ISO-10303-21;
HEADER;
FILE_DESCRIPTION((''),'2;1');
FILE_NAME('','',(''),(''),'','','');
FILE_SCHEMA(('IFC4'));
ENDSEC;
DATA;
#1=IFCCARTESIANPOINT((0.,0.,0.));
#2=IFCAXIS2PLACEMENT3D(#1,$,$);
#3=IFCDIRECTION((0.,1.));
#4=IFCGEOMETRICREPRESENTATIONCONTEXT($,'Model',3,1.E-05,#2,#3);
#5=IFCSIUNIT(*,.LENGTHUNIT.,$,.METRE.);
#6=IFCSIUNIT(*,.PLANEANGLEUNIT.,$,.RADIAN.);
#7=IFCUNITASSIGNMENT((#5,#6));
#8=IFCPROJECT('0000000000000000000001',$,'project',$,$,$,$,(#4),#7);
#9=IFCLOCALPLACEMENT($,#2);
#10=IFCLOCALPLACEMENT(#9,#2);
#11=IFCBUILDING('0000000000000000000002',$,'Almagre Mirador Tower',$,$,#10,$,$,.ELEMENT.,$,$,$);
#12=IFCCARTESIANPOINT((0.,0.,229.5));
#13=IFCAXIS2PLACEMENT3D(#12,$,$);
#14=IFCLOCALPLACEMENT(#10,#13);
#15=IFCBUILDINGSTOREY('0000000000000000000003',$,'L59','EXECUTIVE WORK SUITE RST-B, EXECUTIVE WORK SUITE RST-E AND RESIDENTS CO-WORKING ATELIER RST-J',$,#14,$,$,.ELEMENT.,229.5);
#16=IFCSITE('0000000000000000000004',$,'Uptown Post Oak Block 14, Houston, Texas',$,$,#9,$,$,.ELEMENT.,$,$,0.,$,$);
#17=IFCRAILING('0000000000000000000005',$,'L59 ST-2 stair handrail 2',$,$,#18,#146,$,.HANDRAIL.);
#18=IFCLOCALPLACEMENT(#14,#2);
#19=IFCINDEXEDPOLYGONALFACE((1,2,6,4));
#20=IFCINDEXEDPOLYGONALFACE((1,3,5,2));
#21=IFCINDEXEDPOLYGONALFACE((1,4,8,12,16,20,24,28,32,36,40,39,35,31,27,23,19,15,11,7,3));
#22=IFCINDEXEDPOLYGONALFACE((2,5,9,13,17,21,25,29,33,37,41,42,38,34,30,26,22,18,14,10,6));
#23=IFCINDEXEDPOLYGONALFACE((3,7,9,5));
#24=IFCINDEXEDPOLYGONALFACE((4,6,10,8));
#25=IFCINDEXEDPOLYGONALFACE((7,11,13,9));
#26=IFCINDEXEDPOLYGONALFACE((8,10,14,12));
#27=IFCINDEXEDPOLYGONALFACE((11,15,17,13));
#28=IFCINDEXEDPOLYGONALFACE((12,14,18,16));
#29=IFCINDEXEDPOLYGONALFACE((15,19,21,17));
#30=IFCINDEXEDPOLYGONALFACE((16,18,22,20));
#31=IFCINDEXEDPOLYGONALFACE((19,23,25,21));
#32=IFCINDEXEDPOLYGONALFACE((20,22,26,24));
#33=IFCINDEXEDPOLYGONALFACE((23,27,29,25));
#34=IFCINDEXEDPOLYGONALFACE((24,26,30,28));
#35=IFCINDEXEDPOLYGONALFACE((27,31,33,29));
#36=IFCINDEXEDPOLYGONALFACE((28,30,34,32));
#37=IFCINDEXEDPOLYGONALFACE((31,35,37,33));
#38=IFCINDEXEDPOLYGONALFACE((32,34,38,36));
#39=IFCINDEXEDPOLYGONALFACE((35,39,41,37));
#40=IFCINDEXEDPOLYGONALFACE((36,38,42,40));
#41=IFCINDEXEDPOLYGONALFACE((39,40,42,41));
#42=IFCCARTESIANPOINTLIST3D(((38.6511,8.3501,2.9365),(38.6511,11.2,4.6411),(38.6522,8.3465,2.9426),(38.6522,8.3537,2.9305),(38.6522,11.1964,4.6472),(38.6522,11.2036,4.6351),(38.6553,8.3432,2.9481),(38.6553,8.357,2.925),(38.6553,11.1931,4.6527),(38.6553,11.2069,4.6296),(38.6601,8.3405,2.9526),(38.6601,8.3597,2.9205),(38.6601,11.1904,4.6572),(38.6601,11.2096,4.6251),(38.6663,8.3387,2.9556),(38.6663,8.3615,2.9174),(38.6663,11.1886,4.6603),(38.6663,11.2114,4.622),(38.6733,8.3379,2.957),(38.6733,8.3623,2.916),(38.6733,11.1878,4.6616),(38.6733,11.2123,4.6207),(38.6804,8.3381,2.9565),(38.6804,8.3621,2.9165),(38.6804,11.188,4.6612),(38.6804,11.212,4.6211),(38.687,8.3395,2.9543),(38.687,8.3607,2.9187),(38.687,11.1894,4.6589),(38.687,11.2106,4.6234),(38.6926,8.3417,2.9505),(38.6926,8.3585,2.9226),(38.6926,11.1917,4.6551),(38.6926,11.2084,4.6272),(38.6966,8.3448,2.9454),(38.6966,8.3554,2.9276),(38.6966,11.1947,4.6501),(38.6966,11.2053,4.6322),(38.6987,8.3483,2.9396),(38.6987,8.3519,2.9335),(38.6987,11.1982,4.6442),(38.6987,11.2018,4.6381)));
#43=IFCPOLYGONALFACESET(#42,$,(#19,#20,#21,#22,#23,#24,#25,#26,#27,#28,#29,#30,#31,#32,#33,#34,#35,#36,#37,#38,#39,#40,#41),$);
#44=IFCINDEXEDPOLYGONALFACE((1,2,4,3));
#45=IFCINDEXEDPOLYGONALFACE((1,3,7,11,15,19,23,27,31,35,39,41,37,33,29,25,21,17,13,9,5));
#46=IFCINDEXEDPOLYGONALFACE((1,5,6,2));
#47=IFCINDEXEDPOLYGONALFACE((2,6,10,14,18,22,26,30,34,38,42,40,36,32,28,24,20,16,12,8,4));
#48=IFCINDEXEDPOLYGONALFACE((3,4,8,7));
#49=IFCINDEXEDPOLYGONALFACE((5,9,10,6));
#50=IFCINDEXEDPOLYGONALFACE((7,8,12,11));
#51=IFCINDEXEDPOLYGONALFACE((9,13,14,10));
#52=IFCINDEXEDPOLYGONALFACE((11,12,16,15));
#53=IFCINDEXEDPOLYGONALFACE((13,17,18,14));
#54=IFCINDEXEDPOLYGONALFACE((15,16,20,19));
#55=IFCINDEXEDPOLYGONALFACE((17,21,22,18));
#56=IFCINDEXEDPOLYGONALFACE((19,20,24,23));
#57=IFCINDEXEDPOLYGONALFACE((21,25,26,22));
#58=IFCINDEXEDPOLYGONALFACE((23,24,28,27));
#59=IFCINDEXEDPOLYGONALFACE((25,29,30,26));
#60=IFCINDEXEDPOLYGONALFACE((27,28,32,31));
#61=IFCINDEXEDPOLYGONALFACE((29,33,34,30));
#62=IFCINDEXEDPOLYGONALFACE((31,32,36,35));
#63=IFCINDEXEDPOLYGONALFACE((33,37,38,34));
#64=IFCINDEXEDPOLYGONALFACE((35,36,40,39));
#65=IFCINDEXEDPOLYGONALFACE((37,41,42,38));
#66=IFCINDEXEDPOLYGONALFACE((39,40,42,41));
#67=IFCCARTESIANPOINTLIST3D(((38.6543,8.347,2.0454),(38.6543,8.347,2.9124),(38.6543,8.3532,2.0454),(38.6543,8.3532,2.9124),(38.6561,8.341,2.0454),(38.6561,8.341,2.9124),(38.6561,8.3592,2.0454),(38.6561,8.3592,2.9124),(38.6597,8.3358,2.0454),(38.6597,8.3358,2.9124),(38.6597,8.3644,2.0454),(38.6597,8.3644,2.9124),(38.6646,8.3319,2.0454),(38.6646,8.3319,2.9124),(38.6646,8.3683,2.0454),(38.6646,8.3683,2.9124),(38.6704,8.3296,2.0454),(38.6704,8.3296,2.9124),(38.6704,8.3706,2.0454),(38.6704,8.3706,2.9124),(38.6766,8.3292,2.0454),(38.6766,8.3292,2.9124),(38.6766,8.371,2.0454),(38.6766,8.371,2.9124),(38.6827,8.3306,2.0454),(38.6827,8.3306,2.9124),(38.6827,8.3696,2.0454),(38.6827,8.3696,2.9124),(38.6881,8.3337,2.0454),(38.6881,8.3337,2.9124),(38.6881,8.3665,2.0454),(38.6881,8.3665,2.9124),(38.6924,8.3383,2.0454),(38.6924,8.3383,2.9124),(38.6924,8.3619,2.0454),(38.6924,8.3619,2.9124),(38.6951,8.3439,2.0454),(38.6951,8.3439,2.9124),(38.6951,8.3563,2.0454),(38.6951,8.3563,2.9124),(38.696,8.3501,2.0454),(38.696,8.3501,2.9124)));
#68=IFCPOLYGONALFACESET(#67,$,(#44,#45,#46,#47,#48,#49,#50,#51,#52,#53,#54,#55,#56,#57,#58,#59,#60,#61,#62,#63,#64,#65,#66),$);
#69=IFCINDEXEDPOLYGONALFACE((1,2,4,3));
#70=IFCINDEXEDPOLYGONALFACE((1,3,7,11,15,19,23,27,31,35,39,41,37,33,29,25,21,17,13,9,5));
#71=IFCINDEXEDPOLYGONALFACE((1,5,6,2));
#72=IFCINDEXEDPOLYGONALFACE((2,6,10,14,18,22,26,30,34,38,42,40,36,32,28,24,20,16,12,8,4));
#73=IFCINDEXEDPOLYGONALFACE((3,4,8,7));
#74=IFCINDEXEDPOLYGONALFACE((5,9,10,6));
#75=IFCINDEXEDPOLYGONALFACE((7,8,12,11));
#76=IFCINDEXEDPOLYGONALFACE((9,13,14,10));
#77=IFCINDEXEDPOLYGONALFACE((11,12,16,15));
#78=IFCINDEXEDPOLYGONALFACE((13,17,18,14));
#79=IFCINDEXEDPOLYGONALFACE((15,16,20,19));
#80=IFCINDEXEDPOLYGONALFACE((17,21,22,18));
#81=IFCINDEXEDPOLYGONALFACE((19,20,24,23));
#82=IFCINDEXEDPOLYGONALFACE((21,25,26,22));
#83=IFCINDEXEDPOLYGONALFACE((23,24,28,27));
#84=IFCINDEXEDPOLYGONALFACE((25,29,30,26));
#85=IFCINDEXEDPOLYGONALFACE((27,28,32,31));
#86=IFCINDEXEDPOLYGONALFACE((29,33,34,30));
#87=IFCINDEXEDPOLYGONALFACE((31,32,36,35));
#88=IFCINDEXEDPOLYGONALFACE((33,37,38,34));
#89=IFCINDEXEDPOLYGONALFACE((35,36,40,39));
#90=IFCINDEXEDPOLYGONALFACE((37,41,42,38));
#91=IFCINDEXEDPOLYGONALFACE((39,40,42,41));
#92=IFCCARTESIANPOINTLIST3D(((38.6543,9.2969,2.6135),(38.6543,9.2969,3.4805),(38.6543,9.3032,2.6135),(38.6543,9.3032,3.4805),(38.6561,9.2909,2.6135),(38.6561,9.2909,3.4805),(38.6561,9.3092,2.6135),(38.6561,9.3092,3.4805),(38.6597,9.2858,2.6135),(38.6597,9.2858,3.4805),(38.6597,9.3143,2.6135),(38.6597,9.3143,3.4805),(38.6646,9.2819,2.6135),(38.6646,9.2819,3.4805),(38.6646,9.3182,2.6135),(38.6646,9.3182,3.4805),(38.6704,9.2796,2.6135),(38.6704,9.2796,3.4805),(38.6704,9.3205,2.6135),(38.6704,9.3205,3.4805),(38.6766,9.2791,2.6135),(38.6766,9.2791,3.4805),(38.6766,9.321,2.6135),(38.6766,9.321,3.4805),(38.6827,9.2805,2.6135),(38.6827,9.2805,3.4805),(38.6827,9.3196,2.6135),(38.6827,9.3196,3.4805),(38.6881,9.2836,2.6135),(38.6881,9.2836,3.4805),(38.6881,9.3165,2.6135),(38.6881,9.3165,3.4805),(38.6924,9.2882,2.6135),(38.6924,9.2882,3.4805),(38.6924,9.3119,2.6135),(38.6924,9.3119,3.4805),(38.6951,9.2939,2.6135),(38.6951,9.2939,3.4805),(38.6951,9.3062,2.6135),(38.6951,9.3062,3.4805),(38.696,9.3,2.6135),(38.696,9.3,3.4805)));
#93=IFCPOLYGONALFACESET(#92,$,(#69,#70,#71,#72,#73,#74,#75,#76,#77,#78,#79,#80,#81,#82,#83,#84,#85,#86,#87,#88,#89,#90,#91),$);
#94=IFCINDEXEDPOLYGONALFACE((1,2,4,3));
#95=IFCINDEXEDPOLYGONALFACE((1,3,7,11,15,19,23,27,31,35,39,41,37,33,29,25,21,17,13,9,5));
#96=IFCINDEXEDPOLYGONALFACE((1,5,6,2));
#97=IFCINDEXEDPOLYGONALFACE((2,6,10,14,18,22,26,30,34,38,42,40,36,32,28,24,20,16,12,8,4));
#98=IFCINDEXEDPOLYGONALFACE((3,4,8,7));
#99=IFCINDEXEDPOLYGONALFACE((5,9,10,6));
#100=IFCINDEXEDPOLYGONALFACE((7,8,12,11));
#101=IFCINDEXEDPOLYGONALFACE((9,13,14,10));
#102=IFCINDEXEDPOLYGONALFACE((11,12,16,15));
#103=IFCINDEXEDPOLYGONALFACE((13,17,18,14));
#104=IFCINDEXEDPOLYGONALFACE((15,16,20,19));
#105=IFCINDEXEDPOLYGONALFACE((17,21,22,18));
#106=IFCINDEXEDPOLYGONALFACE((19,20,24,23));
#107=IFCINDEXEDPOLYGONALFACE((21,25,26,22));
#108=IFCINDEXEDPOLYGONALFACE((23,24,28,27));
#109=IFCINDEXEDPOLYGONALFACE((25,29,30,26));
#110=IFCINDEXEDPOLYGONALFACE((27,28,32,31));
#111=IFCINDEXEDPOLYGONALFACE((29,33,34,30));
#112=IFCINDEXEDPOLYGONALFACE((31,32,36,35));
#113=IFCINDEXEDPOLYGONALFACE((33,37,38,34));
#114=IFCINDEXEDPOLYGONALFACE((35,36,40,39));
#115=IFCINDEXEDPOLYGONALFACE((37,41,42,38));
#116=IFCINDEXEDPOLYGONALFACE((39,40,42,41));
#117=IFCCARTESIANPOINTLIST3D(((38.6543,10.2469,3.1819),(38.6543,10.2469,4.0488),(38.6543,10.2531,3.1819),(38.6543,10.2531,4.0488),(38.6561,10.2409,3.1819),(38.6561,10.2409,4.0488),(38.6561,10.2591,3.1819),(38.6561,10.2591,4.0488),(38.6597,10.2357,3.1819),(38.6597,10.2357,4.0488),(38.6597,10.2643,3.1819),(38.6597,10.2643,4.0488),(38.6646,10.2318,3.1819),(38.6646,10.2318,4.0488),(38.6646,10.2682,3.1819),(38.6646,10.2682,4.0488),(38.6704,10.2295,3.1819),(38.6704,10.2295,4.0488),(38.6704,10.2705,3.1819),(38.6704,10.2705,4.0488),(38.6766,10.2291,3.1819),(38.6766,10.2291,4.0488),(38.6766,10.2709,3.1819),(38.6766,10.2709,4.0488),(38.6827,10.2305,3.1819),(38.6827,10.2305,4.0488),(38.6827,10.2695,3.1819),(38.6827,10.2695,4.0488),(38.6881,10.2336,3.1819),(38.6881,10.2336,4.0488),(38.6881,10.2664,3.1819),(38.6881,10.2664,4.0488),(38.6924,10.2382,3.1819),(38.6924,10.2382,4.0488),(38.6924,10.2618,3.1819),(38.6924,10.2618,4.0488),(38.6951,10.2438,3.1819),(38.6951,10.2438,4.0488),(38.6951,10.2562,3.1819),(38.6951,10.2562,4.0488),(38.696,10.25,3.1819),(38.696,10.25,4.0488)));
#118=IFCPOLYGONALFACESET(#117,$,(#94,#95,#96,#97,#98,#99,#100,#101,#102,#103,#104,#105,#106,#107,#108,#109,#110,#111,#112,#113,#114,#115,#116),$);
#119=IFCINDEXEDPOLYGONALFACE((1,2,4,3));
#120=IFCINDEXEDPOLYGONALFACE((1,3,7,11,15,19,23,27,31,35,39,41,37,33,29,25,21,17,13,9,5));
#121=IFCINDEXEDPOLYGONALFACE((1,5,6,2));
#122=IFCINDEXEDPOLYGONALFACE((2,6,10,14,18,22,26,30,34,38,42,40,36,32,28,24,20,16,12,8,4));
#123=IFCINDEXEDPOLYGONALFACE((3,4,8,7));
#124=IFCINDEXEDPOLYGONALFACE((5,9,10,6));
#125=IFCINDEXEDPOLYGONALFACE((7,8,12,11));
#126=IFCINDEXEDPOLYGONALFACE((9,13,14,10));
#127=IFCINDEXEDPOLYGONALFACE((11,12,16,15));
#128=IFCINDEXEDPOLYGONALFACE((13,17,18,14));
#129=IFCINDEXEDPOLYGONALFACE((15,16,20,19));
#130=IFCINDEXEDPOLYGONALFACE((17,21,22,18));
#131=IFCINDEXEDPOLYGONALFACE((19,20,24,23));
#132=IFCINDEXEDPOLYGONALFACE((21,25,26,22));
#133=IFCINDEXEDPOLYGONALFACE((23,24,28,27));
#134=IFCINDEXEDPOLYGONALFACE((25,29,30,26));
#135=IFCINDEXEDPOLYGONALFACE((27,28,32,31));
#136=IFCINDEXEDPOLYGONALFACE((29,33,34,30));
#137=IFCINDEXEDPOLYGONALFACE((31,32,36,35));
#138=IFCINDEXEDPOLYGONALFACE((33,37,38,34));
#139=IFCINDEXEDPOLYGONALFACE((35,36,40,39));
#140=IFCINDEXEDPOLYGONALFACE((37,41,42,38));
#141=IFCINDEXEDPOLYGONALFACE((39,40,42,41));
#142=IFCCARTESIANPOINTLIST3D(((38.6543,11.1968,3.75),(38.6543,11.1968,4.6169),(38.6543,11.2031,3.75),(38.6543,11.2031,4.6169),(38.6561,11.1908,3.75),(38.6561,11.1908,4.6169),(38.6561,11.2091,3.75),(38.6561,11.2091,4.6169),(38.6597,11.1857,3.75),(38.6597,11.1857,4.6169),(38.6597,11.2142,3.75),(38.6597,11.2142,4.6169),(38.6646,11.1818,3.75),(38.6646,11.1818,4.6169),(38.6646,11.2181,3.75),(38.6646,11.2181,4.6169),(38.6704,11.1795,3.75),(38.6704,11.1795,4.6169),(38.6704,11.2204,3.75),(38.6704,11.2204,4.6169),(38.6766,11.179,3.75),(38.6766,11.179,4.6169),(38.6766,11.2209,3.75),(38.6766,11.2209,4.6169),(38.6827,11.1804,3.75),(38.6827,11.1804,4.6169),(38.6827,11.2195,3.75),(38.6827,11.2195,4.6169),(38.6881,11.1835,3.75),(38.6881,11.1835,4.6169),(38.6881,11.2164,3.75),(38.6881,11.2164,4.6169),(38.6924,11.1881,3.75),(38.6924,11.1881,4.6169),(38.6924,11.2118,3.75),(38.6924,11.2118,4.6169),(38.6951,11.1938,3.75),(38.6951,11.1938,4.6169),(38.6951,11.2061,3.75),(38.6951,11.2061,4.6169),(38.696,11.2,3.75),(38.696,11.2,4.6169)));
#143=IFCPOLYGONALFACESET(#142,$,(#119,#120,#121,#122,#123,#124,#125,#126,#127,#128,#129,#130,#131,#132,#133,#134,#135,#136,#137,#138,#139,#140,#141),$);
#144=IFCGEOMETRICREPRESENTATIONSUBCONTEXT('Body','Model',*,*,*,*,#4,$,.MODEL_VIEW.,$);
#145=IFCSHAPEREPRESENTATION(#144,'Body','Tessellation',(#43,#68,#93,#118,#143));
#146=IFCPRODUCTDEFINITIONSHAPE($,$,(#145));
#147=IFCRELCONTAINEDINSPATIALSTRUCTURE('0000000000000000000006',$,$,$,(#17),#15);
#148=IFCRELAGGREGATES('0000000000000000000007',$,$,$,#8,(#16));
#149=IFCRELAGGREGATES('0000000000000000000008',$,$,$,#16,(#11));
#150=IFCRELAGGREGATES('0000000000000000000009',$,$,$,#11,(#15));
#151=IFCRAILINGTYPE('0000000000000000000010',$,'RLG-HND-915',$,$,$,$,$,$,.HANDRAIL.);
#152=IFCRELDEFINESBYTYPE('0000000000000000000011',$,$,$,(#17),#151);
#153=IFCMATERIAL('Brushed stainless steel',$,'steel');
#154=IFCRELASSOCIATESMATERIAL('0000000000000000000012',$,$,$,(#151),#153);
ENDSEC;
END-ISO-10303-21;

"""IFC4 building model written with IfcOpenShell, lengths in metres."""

from ifc_helpers import new_model, si_unit, direction, frame, origin, origin_2d, place, context, subcontext, project, spatial, circle, extrude, material, type_object, element, save


model = new_model("IFC4")

# Units and contexts
model_context = context("Model", 3, precision=1e-05, world=origin(), true_north=direction((0.0, 1.0)))
body_context = subcontext(model_context, "Body", "Model", "MODEL_VIEW")
ifc_project = project(units=[si_unit("LENGTHUNIT", "METRE"), si_unit("PLANEANGLEUNIT", "RADIAN")], contexts=[model_context])

# Site, building, storey
site_placement = place(None, origin())
site = spatial("IfcSite", under=ifc_project, at=site_placement, Name="Uptown Post Oak Block 14, Houston, Texas", CompositionType="ELEMENT", RefElevation=0.0)
building_placement = place(site_placement, origin())
building = spatial("IfcBuilding", under=site, at=building_placement, Name="Almagre Mirador Tower", CompositionType="ELEMENT")
storey_placement = place(building_placement, frame((0.0, 0.0, 229.5)))
storey = spatial("IfcBuildingStorey", under=building, at=storey_placement, Name="L59", Description="EXECUTIVE WORK SUITE RST-B, EXECUTIVE WORK SUITE RST-E AND RESIDENTS CO-WORKING ATELIER RST-J", CompositionType="ELEMENT", Elevation=229.5)

# Railing
ifc_material_1 = material(Name="Brushed stainless steel", Category="steel")
railing_type_1 = type_object("IfcRailingType", Name="RLG-HND-915", PredefinedType="HANDRAIL", material=ifc_material_1)
railing_1_placement = place(storey_placement, frame((38.675, 8.3501, 2.0454)))
element("IfcRailing", 1, at=railing_1_placement, inside=storey, type_object=railing_type_1, Name="L59 ST-2 stair handrail 2", PredefinedType="HANDRAIL", context=body_context, shape_type="SweptSolid", body=[
    extrude(circle(Radius=0.0239, at=origin_2d()), frame((0.0, 0.0, 0.8911), z_axis=(0.0, 0.858199, 0.513317), x_axis=(-1.0, 0.0, 0.0)), (0.0, 0.0, 1.0), 3.3208),
    extrude(circle(Radius=0.021, at=origin_2d()), origin(), (0.0, 0.0, 1.0), 0.8669),
    extrude(circle(Radius=0.021, at=origin_2d()), frame((0.0, 0.95, 0.5681)), (0.0, 0.0, 1.0), 0.8669),
    extrude(circle(Radius=0.021, at=origin_2d()), frame((0.0, 1.8999, 1.1365)), (0.0, 0.0, 1.0), 0.8669),
    extrude(circle(Radius=0.021, at=origin_2d()), frame((0.0, 2.8499, 1.7046)), (0.0, 0.0, 1.0), 0.8669),
])

save(model, "model.ifc")
